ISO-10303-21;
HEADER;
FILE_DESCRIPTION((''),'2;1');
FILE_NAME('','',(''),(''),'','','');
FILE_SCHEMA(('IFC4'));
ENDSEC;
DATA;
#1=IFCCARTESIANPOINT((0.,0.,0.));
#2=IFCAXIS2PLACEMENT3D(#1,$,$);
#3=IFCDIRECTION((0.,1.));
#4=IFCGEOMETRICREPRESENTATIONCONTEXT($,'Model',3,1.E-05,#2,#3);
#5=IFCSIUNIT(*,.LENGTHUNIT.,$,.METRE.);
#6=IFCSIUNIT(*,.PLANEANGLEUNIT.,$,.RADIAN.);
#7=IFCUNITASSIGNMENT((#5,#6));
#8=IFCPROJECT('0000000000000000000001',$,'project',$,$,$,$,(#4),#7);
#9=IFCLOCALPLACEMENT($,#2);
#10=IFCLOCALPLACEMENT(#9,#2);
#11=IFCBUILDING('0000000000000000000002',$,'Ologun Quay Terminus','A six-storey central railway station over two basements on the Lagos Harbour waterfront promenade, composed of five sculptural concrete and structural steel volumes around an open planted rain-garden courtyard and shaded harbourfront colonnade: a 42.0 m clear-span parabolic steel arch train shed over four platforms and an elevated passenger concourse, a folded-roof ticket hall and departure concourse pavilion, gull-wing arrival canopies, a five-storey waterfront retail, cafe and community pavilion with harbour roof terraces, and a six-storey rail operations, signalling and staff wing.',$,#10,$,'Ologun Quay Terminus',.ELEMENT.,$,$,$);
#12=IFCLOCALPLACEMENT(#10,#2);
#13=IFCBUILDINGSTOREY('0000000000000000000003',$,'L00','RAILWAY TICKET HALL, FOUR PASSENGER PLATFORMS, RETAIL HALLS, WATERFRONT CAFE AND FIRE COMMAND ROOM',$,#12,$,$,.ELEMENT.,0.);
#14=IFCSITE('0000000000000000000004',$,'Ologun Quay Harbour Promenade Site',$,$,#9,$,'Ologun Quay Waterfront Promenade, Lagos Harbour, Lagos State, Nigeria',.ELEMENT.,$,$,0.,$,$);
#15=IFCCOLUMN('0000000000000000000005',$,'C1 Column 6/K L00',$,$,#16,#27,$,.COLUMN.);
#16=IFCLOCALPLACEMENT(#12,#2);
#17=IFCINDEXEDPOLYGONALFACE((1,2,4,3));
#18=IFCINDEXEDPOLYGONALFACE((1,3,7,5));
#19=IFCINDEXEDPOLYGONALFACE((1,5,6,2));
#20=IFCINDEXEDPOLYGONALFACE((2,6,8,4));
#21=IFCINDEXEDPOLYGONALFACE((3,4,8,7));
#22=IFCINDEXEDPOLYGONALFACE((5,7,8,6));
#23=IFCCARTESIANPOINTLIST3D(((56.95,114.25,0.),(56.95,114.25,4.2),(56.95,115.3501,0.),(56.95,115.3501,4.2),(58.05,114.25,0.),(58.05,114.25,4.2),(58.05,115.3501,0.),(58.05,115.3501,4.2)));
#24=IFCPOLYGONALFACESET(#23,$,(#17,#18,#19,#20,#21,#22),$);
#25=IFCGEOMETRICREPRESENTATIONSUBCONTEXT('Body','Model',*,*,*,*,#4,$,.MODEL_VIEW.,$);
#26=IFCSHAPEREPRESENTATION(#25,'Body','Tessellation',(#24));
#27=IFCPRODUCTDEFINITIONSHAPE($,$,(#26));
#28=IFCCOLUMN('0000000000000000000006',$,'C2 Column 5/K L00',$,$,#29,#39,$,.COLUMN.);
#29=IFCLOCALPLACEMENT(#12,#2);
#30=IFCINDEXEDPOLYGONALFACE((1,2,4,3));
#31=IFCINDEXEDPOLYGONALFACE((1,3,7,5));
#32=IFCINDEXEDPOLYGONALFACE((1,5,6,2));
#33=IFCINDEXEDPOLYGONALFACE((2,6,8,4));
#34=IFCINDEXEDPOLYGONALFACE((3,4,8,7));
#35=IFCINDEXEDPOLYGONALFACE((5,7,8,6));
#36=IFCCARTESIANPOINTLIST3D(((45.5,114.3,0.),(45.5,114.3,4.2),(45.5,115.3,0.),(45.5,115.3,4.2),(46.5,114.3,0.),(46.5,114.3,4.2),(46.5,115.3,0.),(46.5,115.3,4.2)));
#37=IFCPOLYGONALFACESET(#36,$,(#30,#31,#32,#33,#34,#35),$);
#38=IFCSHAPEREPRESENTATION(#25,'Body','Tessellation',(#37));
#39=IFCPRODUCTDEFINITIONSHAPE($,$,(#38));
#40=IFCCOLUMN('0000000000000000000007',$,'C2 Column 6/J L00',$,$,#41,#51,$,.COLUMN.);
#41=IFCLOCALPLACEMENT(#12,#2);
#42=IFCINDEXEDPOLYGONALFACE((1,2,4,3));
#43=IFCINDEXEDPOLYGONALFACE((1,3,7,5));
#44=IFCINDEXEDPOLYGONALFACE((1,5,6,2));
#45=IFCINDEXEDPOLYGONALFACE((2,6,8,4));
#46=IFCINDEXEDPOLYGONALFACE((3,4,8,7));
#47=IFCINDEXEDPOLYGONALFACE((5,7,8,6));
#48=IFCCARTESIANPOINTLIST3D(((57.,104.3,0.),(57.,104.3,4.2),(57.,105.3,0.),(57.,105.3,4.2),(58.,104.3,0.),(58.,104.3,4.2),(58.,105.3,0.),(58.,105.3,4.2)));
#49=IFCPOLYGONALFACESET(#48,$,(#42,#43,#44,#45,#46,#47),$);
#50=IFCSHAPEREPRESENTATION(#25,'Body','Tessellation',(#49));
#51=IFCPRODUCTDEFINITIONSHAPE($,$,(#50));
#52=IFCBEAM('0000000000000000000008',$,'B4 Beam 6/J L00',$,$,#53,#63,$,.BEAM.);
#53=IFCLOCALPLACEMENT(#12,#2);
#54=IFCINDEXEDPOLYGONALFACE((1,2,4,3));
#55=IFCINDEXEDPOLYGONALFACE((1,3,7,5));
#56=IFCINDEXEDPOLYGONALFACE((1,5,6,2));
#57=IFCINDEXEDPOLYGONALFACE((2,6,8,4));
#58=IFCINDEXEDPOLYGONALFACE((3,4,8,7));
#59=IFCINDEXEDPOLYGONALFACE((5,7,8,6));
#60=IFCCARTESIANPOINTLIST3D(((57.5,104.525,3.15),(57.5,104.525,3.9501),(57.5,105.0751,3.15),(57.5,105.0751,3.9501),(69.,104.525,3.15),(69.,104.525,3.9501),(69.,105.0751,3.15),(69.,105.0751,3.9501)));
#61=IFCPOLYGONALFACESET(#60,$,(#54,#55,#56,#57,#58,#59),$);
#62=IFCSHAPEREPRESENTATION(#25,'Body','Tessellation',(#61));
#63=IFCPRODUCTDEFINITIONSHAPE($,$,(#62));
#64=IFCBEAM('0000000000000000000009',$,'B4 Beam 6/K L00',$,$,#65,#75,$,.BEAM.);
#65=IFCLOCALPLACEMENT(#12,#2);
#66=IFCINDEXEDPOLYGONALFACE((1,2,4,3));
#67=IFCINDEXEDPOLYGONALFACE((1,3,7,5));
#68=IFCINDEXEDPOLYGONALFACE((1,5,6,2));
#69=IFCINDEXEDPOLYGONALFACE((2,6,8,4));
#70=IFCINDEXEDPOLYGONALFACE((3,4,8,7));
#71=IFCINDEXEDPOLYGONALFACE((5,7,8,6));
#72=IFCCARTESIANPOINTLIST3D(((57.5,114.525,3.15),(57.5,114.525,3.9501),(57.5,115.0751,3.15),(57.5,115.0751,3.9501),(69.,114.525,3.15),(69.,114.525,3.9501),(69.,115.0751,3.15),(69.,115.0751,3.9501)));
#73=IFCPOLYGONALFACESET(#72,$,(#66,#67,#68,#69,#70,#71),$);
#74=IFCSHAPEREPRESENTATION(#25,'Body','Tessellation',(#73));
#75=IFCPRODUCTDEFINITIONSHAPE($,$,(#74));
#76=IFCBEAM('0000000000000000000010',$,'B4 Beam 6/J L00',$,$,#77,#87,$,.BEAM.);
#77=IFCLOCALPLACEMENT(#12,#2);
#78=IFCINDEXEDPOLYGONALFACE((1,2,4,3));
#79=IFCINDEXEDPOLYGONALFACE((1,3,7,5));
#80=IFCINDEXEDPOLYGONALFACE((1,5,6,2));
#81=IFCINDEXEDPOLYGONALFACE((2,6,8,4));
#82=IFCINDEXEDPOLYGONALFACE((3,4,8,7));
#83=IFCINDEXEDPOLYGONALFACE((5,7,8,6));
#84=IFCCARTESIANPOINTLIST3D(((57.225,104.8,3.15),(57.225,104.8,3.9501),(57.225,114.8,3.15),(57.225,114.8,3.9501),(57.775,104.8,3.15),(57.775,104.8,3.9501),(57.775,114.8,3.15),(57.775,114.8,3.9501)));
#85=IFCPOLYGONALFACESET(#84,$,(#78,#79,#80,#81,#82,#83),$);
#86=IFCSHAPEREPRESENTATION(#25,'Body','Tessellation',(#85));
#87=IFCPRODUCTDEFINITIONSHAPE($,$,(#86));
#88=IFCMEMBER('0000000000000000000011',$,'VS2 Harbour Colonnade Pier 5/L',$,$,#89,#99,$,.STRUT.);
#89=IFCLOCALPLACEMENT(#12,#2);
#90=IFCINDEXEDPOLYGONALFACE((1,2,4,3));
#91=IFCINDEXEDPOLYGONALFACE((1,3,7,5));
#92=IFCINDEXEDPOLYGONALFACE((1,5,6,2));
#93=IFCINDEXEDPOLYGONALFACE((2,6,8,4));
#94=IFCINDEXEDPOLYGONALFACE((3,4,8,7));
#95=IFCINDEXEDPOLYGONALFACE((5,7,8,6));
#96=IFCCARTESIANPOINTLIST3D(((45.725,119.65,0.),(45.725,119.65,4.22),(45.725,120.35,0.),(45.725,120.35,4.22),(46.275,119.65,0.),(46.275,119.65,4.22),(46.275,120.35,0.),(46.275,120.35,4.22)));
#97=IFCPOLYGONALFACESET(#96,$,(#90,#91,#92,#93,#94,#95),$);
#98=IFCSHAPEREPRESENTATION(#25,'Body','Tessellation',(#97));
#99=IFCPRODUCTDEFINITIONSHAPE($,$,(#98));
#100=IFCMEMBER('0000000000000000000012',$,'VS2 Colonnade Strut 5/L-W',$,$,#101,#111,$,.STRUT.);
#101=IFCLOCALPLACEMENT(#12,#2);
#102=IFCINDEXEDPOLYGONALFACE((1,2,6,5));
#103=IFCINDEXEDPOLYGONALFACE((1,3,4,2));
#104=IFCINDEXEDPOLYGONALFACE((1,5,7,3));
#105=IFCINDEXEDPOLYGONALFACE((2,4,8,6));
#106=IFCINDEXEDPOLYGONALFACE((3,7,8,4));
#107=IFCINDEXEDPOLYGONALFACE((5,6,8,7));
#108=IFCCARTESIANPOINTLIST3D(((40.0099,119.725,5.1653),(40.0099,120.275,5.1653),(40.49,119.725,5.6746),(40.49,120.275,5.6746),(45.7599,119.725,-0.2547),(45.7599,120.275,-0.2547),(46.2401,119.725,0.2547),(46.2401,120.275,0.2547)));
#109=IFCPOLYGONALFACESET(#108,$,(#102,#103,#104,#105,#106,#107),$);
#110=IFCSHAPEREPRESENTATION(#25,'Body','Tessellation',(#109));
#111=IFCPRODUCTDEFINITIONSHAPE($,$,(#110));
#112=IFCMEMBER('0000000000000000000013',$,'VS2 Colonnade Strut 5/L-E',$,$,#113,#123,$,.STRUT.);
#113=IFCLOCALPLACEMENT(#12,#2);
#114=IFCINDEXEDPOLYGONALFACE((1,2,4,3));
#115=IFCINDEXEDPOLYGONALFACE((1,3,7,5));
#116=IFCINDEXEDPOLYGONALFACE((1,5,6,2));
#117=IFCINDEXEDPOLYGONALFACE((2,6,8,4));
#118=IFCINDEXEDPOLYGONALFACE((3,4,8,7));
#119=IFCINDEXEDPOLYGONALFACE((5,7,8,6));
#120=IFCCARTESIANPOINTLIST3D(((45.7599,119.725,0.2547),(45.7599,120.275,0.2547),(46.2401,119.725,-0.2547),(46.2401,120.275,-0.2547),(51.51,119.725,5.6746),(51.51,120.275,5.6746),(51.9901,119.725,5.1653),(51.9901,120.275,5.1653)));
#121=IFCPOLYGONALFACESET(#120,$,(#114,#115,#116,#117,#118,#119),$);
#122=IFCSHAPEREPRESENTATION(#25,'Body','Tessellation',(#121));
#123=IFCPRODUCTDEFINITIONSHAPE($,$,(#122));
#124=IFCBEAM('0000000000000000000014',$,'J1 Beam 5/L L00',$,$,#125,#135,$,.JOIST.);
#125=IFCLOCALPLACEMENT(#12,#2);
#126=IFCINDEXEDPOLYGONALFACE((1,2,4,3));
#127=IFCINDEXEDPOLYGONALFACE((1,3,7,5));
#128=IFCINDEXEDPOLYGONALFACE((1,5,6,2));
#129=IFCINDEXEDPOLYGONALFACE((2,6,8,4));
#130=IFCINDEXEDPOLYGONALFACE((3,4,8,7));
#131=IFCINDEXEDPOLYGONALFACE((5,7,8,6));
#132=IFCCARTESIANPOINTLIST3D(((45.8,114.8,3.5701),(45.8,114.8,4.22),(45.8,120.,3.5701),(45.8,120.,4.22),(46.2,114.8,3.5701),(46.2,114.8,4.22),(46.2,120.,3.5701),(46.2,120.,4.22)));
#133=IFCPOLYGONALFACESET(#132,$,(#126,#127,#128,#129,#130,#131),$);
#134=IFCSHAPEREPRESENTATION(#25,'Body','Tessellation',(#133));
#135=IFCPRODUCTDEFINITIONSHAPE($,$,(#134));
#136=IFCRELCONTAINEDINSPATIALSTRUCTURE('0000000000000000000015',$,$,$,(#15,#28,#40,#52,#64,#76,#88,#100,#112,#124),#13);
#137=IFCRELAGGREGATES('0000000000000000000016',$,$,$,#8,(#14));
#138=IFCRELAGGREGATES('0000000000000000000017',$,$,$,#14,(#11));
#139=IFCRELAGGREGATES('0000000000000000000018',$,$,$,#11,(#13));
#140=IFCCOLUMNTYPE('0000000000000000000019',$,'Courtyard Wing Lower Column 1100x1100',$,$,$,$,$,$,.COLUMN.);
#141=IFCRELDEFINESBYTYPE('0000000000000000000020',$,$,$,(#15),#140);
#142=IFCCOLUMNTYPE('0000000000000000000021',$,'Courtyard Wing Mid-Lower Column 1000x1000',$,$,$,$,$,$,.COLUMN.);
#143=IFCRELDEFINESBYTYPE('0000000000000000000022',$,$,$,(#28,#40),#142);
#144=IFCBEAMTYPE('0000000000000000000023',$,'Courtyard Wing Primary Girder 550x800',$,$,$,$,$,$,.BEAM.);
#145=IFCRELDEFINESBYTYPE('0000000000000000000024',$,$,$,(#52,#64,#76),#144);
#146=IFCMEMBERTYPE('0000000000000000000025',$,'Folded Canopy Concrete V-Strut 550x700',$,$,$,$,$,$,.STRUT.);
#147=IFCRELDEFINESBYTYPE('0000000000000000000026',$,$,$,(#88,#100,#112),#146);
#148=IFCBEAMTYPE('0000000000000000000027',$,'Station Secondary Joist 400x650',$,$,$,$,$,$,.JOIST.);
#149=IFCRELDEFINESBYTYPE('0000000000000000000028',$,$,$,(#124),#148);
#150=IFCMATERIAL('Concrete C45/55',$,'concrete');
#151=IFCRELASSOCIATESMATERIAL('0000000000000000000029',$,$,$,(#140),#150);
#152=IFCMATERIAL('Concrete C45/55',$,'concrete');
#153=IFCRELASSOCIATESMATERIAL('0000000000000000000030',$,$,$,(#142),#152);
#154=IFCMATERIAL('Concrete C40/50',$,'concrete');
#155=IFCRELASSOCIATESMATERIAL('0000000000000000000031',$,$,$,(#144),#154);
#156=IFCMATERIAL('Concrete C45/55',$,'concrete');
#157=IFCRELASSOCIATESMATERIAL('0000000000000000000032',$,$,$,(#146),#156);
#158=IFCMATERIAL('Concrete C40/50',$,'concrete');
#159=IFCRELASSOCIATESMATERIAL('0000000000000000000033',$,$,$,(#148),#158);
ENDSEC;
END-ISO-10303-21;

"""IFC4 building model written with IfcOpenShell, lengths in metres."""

from ifc_helpers import new_model, si_unit, direction, frame, origin, origin_2d, place, context, subcontext, project, spatial, rectangle, extrude, material, material_profile, profile_set, type_object, element, save


model = new_model("IFC4")

# Units and contexts
model_context = context("Model", 3, precision=1e-05, world=origin(), true_north=direction((0.0, 1.0)))
body_context = subcontext(model_context, "Body", "Model", "MODEL_VIEW")
ifc_project = project(units=[si_unit("LENGTHUNIT", "METRE"), si_unit("PLANEANGLEUNIT", "RADIAN")], contexts=[model_context])

# Site, building, storey
site_placement = place(None, origin())
site = spatial("IfcSite", under=ifc_project, at=site_placement, Name="Ologun Quay Harbour Promenade Site", LongName="Ologun Quay Waterfront Promenade, Lagos Harbour, Lagos State, Nigeria", CompositionType="ELEMENT", RefElevation=0.0)
building_placement = place(site_placement, origin())
building = spatial("IfcBuilding", under=site, at=building_placement, Name="Ologun Quay Terminus", Description="A six-storey central railway station over two basements on the Lagos Harbour waterfront promenade, composed of five sculptural concrete and structural steel volumes around an open planted rain-garden courtyard and shaded harbourfront colonnade: a 42.0 m clear-span parabolic steel arch train shed over four platforms and an elevated passenger concourse, a folded-roof ticket hall and departure concourse pavilion, gull-wing arrival canopies, a five-storey waterfront retail, cafe and community pavilion with harbour roof terraces, and a six-storey rail operations, signalling and staff wing.", LongName="Ologun Quay Terminus", CompositionType="ELEMENT")
storey_placement = place(building_placement, origin())
storey = spatial("IfcBuildingStorey", under=building, at=storey_placement, Name="L00", Description="RAILWAY TICKET HALL, FOUR PASSENGER PLATFORMS, RETAIL HALLS, WATERFRONT CAFE AND FIRE COMMAND ROOM", CompositionType="ELEMENT", Elevation=0.0)

# Columns
ifc_material_1 = material(Name="Concrete C45/55", Category="concrete")
ifc_material_profile_1 = material_profile(ifc_material_1, rectangle(XDim=1.1001, YDim=1.1001, at=origin_2d()), Name="RC 1100x1100")
ifc_profile_set_1 = profile_set([ifc_material_profile_1], Name="Concrete C45/55")
column_type_1 = type_object("IfcColumnType", Name="Courtyard Wing Lower Column 1100x1100", PredefinedType="COLUMN", material=ifc_profile_set_1)
column_placement = place(storey_placement, frame((57.5, 114.8, 0.0), z_axis=(0.0, 0.0, 1.0), x_axis=(1.0, 0.0, 0.0)))
element("IfcColumn", 1, at=column_placement, inside=storey, type_object=column_type_1, Name="C1 Column 6/K L00", PredefinedType="COLUMN", context=body_context, shape_type="SweptSolid", body=[
    extrude(rectangle(XDim=1.1001, YDim=1.1001, at=origin_2d()), origin(), (0.0, 0.0, 1.0), 4.2),
])
ifc_material_2 = material(Name="Concrete C45/55", Category="concrete")
ifc_material_profile_2 = material_profile(ifc_material_2, rectangle(XDim=1.0, YDim=1.0, at=origin_2d()), Name="RC 1000x1000")
ifc_profile_set_2 = profile_set([ifc_material_profile_2], Name="Concrete C45/55")
column_type_2 = type_object("IfcColumnType", Name="Courtyard Wing Mid-Lower Column 1000x1000", PredefinedType="COLUMN", material=ifc_profile_set_2)
for number, where, z_axis, x_axis, name in (
    (2, (46.0, 114.8, 0.0), (0.0, 0.0, 1.0), (1.0, 0.0, 0.0), "C2 Column 5/K L00"),
    (3, (57.5, 104.8, 0.0), (0.0, 0.0, 1.0), (1.0, 0.0, 0.0), "C2 Column 6/J L00"),
):
    element("IfcColumn", number, at=place(storey_placement, frame(where, z_axis=z_axis, x_axis=x_axis)), inside=storey, type_object=column_type_2, Name=name, PredefinedType="COLUMN", context=body_context, shape_type="SweptSolid", body=[
        extrude(rectangle(XDim=1.0, YDim=1.0, at=origin_2d()), origin(), (0.0, 0.0, 1.0), 4.2),
    ])

# Beams
ifc_material_3 = material(Name="Concrete C40/50", Category="concrete")
ifc_material_profile_3 = material_profile(ifc_material_3, rectangle(XDim=0.55, YDim=0.8, at=origin_2d()), Name="RC 550x800")
ifc_profile_set_3 = profile_set([ifc_material_profile_3], Name="Concrete C40/50")
beam_type_1 = type_object("IfcBeamType", Name="Courtyard Wing Primary Girder 550x800", PredefinedType="BEAM", material=ifc_profile_set_3)
for number, where, z_axis, x_axis, name in (
    (4, (57.5, 104.8, 3.55), (1.0, 0.0, 0.0), (0.0, 1.0, 0.0), "B4 Beam 6/J L00"),
    (5, (57.5, 114.8, 3.55), (1.0, 0.0, 0.0), (0.0, 1.0, 0.0), "B4 Beam 6/K L00"),
):
    element("IfcBeam", number, at=place(storey_placement, frame(where, z_axis=z_axis, x_axis=x_axis)), inside=storey, type_object=beam_type_1, Name=name, PredefinedType="BEAM", context=body_context, shape_type="SweptSolid", body=[
        extrude(rectangle(XDim=0.55, YDim=0.8, at=origin_2d()), origin(), (0.0, 0.0, 1.0), 11.5),
    ])
beam_1_placement = place(storey_placement, frame((57.5, 104.8, 3.55), z_axis=(0.0, 1.0, 0.0), x_axis=(-1.0, 0.0, 0.0)))
element("IfcBeam", 6, at=beam_1_placement, inside=storey, type_object=beam_type_1, Name="B4 Beam 6/J L00", PredefinedType="BEAM", context=body_context, shape_type="SweptSolid", body=[
    extrude(rectangle(XDim=0.55, YDim=0.8, at=origin_2d()), origin(), (0.0, 0.0, 1.0), 10.0),
])

# Members
ifc_material_4 = material(Name="Concrete C45/55", Category="concrete")
ifc_material_profile_4 = material_profile(ifc_material_4, rectangle(XDim=0.55, YDim=0.7, at=origin_2d()), Name="RC 550x700")
ifc_profile_set_4 = profile_set([ifc_material_profile_4], Name="Concrete C45/55")
member_type = type_object("IfcMemberType", Name="Folded Canopy Concrete V-Strut 550x700", PredefinedType="STRUT", material=ifc_profile_set_4)
member_placement = place(storey_placement, frame((46.0, 120.0, 0.0), z_axis=(0.0, 0.0, 1.0), x_axis=(1.0, 0.0, 0.0)))
element("IfcMember", 7, at=member_placement, inside=storey, type_object=member_type, Name="VS2 Harbour Colonnade Pier 5/L", PredefinedType="STRUT", context=body_context, shape_type="SweptSolid", body=[
    extrude(rectangle(XDim=0.55, YDim=0.7, at=origin_2d()), origin(), (0.0, 0.0, 1.0), 4.22),
])
for number, where, z_axis, x_axis, name in (
    (8, (46.0, 120.0, 0.0), (-0.727685, 0.0, 0.685912), (0.0, -1.0, 0.0), "VS2 Colonnade Strut 5/L-W"),
    (9, (46.0, 120.0, 0.0), (0.727685, 0.0, 0.685912), (0.0, 1.0, 0.0), "VS2 Colonnade Strut 5/L-E"),
):
    element("IfcMember", number, at=place(storey_placement, frame(where, z_axis=z_axis, x_axis=x_axis)), inside=storey, type_object=member_type, Name=name, PredefinedType="STRUT", context=body_context, shape_type="SweptSolid", body=[
        extrude(rectangle(XDim=0.55, YDim=0.7, at=origin_2d()), origin(), (0.0, 0.0, 1.0), 7.9019),
    ])

# Beam
ifc_material_5 = material(Name="Concrete C40/50", Category="concrete")
ifc_material_profile_5 = material_profile(ifc_material_5, rectangle(XDim=0.3999, YDim=0.6499, at=origin_2d()), Name="RC 400x650")
ifc_profile_set_5 = profile_set([ifc_material_profile_5], Name="Concrete C40/50")
beam_type_2 = type_object("IfcBeamType", Name="Station Secondary Joist 400x650", PredefinedType="JOIST", material=ifc_profile_set_5)
beam_2_placement = place(storey_placement, frame((46.0, 114.8, 3.895), z_axis=(0.0, 1.0, 0.0), x_axis=(-1.0, 0.0, 0.0)))
element("IfcBeam", 10, at=beam_2_placement, inside=storey, type_object=beam_type_2, Name="J1 Beam 5/L L00", PredefinedType="JOIST", context=body_context, shape_type="SweptSolid", body=[
    extrude(rectangle(XDim=0.3999, YDim=0.6499, at=origin_2d()), origin(), (0.0, 0.0, 1.0), 5.2),
])

save(model, "model.ifc")
